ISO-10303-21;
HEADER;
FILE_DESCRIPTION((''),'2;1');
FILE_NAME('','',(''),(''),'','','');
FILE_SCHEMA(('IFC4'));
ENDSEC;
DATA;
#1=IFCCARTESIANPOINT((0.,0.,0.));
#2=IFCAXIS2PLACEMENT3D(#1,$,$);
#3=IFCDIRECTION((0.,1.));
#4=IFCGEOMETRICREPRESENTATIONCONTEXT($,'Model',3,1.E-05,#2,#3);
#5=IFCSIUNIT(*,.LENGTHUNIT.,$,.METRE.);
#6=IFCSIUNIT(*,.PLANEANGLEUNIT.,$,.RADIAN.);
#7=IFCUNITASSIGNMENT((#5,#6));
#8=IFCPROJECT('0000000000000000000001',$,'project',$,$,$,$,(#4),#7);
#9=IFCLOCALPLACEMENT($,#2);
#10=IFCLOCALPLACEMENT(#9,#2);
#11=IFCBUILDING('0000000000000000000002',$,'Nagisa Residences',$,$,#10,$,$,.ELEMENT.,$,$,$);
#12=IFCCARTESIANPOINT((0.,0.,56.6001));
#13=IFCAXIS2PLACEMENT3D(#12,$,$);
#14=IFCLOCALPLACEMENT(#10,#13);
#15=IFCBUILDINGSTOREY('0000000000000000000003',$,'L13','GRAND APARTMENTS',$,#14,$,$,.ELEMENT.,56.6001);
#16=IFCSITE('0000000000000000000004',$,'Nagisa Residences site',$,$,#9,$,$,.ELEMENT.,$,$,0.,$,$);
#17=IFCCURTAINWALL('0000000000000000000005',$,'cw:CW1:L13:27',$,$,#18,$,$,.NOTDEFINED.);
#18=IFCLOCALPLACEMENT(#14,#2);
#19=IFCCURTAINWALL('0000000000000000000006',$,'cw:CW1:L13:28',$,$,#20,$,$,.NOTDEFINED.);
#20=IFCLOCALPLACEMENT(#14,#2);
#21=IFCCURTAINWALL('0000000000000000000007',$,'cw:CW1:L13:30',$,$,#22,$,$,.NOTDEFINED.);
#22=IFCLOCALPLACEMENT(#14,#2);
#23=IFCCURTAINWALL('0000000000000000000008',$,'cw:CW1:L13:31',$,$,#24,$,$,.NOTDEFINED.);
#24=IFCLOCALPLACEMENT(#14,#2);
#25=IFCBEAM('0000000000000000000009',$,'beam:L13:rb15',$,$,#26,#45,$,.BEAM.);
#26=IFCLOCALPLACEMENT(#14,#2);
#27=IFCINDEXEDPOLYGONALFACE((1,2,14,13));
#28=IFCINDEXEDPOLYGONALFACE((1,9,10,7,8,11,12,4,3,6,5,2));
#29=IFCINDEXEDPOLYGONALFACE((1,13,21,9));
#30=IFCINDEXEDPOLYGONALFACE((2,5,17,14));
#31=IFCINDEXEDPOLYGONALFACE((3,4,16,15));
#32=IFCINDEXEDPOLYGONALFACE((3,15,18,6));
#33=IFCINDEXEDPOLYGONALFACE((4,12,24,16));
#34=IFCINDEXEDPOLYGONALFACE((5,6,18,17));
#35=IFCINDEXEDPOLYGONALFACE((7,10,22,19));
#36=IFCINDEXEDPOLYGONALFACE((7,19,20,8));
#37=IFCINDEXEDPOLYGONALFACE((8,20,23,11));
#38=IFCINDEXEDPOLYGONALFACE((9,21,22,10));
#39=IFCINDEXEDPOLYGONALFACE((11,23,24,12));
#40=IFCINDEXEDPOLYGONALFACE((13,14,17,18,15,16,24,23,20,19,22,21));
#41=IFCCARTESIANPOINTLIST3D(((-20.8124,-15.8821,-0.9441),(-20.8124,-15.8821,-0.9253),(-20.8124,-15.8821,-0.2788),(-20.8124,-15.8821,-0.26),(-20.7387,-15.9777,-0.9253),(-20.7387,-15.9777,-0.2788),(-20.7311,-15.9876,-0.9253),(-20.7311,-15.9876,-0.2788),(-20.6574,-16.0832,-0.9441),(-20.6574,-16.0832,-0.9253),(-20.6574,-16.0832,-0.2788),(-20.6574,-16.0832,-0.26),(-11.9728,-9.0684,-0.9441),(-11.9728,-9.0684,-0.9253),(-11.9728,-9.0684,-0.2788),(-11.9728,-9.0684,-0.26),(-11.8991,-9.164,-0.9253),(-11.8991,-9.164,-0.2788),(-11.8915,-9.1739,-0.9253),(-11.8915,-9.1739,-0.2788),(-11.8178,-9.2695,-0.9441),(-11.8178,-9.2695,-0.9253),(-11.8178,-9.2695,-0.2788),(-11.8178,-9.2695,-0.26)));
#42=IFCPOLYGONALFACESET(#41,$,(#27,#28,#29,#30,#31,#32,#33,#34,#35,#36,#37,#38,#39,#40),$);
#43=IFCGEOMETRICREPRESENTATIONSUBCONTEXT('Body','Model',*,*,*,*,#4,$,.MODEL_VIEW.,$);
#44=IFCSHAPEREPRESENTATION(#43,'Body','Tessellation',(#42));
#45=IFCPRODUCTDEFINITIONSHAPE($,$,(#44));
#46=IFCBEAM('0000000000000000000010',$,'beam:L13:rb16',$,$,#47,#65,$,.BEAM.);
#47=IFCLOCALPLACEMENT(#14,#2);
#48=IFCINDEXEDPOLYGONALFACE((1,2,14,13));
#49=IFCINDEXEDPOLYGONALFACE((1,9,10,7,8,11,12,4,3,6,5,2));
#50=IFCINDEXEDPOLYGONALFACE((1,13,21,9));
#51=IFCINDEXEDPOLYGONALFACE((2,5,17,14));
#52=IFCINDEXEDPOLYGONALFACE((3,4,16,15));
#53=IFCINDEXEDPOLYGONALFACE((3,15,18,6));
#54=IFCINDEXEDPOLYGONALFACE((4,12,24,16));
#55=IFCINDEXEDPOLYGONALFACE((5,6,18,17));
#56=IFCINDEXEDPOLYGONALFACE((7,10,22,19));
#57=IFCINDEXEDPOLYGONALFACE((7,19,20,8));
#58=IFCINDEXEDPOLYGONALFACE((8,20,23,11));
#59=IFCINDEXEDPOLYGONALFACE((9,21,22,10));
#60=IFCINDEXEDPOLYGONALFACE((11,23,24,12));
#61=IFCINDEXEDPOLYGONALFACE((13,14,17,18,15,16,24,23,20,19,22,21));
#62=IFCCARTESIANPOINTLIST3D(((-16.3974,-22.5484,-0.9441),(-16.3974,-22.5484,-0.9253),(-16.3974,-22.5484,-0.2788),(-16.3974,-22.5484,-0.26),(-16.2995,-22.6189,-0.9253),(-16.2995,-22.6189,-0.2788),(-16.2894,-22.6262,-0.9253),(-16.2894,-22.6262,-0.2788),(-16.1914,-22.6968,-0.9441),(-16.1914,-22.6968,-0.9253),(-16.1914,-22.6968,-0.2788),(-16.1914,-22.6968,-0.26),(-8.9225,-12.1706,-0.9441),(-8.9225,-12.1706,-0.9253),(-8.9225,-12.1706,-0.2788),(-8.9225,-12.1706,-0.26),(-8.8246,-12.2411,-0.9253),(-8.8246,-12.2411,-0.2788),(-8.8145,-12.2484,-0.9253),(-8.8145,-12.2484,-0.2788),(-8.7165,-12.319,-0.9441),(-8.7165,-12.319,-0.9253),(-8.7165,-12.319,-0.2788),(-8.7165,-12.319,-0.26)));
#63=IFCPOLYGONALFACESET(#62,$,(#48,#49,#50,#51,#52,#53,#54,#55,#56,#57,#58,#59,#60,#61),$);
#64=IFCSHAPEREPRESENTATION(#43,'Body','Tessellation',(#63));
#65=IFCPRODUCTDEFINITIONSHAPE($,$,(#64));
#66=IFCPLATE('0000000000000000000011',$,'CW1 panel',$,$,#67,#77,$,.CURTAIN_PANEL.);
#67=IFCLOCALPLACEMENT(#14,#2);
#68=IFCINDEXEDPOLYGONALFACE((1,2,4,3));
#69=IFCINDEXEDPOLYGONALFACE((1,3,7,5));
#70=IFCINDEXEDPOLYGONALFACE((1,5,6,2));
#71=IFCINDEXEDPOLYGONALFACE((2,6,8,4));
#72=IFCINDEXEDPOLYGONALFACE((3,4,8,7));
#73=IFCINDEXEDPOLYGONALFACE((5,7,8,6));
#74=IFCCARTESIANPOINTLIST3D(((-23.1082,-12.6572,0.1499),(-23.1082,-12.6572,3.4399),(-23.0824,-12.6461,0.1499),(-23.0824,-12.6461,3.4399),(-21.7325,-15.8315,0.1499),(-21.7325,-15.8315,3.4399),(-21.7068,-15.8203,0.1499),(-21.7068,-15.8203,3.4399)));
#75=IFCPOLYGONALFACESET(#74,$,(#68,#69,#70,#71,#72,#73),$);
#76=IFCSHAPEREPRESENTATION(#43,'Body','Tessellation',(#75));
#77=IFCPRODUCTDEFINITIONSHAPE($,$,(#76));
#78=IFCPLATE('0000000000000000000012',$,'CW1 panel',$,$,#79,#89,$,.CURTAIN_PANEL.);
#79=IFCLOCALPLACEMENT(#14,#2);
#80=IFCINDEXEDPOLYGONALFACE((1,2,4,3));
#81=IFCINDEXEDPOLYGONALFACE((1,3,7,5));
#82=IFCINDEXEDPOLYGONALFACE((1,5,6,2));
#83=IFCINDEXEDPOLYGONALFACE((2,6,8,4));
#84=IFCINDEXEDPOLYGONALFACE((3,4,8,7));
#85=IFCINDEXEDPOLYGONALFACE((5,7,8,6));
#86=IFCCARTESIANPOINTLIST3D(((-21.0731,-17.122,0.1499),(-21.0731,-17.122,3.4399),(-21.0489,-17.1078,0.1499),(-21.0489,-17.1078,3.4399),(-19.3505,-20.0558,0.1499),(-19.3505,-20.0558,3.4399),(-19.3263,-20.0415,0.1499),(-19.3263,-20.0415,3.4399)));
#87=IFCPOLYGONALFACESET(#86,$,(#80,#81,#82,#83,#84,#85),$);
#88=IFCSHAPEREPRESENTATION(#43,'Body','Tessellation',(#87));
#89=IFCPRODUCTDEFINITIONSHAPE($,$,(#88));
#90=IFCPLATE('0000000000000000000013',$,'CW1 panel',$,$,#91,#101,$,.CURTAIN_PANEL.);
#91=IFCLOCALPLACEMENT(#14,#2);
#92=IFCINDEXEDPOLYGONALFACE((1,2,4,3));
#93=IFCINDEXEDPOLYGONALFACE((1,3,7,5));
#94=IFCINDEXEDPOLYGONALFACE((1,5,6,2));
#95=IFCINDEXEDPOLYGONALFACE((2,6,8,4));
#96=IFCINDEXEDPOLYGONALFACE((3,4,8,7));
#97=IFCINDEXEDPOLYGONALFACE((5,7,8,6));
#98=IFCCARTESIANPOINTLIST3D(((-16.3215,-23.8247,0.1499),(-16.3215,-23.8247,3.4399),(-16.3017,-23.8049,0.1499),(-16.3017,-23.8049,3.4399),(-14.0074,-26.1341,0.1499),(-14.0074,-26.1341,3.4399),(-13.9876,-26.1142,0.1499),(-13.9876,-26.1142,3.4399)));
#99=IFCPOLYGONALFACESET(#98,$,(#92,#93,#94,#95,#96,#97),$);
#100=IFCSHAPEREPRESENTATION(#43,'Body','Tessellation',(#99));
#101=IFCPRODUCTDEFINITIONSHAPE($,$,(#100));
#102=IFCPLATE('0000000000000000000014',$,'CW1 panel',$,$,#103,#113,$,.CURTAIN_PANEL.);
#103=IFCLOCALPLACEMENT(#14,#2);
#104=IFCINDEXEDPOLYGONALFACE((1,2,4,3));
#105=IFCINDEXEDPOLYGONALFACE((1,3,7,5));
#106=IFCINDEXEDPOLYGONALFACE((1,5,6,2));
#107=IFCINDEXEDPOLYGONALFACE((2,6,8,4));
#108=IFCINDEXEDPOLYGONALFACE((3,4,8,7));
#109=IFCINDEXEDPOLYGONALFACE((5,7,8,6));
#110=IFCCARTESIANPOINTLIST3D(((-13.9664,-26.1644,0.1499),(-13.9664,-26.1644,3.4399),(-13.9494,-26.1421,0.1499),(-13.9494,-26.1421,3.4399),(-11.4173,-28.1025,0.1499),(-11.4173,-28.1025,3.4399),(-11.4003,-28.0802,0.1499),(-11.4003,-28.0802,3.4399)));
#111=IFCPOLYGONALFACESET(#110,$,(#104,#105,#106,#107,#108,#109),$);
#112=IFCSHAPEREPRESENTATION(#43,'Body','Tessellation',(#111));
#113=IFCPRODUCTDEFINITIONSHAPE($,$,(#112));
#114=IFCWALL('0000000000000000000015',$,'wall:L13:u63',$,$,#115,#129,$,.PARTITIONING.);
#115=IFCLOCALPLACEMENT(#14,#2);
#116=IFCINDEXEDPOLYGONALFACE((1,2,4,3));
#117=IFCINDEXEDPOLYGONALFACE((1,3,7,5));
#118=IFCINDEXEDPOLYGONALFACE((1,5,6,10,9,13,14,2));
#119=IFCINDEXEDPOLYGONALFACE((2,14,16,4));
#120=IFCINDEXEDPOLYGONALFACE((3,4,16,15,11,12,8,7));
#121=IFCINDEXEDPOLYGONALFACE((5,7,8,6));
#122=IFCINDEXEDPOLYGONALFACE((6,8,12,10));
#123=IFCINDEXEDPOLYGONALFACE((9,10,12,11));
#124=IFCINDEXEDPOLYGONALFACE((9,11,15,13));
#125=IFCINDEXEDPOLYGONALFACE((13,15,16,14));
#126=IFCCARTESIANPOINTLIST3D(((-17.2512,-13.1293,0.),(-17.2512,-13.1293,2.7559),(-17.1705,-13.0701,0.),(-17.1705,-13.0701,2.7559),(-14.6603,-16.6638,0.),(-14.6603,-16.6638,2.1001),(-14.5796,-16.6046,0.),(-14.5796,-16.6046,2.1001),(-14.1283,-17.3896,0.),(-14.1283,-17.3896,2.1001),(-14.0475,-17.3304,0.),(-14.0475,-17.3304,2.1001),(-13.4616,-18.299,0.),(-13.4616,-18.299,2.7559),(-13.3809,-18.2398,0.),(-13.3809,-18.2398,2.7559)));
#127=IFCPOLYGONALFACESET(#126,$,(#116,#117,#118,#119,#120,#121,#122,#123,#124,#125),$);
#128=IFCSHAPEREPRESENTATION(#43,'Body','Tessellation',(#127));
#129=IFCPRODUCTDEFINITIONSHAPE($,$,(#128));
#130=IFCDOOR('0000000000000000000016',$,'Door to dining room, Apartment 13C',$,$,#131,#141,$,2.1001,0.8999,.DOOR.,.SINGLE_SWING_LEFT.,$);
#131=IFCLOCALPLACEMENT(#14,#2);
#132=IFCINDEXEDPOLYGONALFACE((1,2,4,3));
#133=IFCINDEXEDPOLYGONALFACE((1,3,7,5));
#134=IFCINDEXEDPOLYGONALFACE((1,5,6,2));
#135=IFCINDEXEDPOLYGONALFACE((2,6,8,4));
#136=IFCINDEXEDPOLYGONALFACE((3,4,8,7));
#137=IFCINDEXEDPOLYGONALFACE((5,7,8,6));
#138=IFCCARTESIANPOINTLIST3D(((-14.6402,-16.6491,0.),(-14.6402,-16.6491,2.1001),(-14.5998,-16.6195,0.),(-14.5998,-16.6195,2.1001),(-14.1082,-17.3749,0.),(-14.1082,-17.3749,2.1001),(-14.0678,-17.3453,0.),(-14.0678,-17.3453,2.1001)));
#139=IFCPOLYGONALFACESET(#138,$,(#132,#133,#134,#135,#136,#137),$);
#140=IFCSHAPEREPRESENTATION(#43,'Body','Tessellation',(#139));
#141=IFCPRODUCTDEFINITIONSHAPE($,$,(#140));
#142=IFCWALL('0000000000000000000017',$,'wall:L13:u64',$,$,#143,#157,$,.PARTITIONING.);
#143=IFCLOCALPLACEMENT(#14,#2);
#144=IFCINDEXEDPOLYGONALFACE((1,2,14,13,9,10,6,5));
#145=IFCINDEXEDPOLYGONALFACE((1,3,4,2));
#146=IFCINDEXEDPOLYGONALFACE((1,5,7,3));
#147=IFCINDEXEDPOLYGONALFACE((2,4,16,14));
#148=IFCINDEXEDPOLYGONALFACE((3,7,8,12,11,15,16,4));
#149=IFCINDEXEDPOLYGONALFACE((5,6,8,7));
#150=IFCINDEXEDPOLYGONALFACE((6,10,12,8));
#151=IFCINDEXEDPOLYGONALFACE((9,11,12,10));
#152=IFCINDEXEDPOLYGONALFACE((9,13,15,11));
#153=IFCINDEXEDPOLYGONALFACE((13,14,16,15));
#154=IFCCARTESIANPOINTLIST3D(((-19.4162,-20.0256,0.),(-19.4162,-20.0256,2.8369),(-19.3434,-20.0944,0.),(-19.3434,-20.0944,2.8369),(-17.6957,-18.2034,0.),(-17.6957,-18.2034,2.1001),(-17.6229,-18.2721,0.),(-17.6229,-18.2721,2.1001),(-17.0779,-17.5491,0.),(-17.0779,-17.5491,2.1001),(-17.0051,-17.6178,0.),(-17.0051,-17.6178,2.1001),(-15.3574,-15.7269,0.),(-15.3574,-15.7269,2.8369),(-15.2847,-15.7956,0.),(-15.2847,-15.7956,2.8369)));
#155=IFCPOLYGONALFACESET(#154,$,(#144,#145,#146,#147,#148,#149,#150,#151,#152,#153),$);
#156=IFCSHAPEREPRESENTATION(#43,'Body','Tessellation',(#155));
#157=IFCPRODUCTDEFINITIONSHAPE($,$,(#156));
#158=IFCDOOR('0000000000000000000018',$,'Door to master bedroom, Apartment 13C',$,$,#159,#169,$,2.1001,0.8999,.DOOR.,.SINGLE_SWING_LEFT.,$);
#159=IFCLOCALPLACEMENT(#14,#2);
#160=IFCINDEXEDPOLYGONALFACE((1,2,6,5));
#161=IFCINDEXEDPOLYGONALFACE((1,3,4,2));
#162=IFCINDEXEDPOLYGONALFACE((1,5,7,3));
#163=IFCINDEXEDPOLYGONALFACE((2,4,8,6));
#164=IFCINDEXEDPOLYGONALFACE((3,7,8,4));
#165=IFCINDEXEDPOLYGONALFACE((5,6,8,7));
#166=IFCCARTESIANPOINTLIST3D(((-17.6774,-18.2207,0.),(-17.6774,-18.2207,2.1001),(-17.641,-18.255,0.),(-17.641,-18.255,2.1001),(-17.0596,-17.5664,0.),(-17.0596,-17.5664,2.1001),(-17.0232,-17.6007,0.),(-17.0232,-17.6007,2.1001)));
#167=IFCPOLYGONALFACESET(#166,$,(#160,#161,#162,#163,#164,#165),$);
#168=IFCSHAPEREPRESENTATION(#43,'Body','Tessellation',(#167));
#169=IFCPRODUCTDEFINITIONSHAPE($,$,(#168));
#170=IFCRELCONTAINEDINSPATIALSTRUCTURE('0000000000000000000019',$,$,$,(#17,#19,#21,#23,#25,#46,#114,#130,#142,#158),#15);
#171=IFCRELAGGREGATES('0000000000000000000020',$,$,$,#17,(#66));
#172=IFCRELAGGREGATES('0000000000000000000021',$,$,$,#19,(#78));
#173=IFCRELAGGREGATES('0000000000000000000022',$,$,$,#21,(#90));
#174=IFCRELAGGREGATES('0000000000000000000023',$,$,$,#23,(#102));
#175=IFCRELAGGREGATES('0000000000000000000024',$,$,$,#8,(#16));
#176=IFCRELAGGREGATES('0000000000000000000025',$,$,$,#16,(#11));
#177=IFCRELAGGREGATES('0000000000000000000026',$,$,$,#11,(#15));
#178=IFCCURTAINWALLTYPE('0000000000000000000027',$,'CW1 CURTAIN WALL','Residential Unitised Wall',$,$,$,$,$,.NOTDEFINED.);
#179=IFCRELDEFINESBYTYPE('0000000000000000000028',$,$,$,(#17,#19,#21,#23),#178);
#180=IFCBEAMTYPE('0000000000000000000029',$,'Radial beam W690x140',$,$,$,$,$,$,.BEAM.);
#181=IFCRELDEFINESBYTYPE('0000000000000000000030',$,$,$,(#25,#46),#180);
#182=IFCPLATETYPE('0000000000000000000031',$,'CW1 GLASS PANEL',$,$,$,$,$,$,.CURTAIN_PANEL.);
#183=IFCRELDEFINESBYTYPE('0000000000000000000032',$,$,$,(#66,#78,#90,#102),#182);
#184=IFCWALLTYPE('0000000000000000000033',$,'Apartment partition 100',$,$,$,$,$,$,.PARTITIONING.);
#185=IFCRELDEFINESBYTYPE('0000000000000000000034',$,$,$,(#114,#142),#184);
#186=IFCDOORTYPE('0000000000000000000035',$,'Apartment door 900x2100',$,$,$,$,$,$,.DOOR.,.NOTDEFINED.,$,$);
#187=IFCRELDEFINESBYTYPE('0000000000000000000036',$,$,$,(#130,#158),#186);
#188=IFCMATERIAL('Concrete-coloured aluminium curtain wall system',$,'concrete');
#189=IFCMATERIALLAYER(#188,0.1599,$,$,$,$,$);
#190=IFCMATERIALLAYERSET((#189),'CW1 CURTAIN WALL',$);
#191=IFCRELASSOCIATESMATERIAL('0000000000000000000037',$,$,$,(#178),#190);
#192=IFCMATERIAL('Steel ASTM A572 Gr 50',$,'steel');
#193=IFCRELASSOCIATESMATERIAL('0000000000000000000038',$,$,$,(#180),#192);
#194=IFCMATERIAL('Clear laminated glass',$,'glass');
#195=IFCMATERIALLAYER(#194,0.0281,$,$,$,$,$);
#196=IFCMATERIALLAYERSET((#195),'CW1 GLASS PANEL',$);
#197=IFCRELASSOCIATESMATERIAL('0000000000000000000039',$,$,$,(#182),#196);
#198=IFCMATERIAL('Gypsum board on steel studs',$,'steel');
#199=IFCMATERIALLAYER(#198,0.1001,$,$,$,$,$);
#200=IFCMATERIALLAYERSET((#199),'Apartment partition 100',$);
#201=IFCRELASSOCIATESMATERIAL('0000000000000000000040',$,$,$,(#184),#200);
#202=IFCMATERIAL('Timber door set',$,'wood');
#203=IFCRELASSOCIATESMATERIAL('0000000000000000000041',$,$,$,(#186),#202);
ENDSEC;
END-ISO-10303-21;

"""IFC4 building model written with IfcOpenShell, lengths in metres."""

from ifc_helpers import new_model, si_unit, direction, frame, frame_2d, origin, origin_2d, place, context, subcontext, project, spatial, rectangle, i_section, extrude, material, layer, layer_set, material_profile, profile_set, type_object, element, fill, aggregate, save


model = new_model("IFC4")

# Units and contexts
model_context = context("Model", 3, precision=1e-05, world=origin(), true_north=direction((0.0, 1.0)))
body_context = subcontext(model_context, "Body", "Model", "MODEL_VIEW")
ifc_project = project(units=[si_unit("LENGTHUNIT", "METRE"), si_unit("PLANEANGLEUNIT", "RADIAN")], contexts=[model_context])

# Site, building, storey
site_placement = place(None, origin())
site = spatial("IfcSite", under=ifc_project, at=site_placement, Name="Nagisa Residences site", CompositionType="ELEMENT", RefElevation=0.0)
building_placement = place(site_placement, origin())
building = spatial("IfcBuilding", under=site, at=building_placement, Name="Nagisa Residences", CompositionType="ELEMENT")
storey_placement = place(building_placement, frame((0.0, 0.0, 56.6001)))
storey = spatial("IfcBuildingStorey", under=building, at=storey_placement, Name="L13", Description="GRAND APARTMENTS", CompositionType="ELEMENT", Elevation=56.6001)

# Curtain walls
ifc_material_1 = material(Name="Concrete-coloured aluminium curtain wall system", Category="concrete")
ifc_layer_1 = layer(ifc_material_1, 0.1599)
ifc_layer_set_1 = layer_set([ifc_layer_1], Name="CW1 CURTAIN WALL")
curtain_wall_type = type_object("IfcCurtainWallType", Name="CW1 CURTAIN WALL", Description="Residential Unitised Wall", PredefinedType="NOTDEFINED", material=ifc_layer_set_1)
curtain_wall_1_placement = place(storey_placement, origin())
curtain_wall_1 = element("IfcCurtainWall", 1, at=curtain_wall_1_placement, inside=storey, type_object=curtain_wall_type, Name="cw:CW1:L13:27", PredefinedType="NOTDEFINED")
curtain_wall_2_placement = place(storey_placement, origin())
curtain_wall_2 = element("IfcCurtainWall", 2, at=curtain_wall_2_placement, inside=storey, type_object=curtain_wall_type, Name="cw:CW1:L13:28", PredefinedType="NOTDEFINED")
curtain_wall_3_placement = place(storey_placement, origin())
curtain_wall_3 = element("IfcCurtainWall", 3, at=curtain_wall_3_placement, inside=storey, type_object=curtain_wall_type, Name="cw:CW1:L13:30", PredefinedType="NOTDEFINED")
curtain_wall_4_placement = place(storey_placement, origin())
curtain_wall_4 = element("IfcCurtainWall", 4, at=curtain_wall_4_placement, inside=storey, type_object=curtain_wall_type, Name="cw:CW1:L13:31", PredefinedType="NOTDEFINED")

# Beams
ifc_material_2 = material(Name="Steel ASTM A572 Gr 50", Category="steel")
ifc_material_profile_1 = material_profile(ifc_material_2, i_section(OverallWidth=0.2539, OverallDepth=0.6841, WebThickness=0.0125, FlangeThickness=0.0188, at=origin_2d()), Name="W690x140")
ifc_profile_set_1 = profile_set([ifc_material_profile_1], Name="Steel ASTM A572 Gr 50")
beam_type_1 = type_object("IfcBeamType", Name="Radial beam W690x140", PredefinedType="BEAM", material=ifc_profile_set_1)
beam_1_placement = place(storey_placement, frame((-20.7349, -15.9827, -0.6021), z_axis=(0.792016, 0.6105, 0.0), x_axis=(-0.6105, 0.792016, 0.0)))
element("IfcBeam", 5, at=beam_1_placement, inside=storey, type_object=beam_type_1, Name="beam:L13:rb15", PredefinedType="BEAM", context=body_context, shape_type="SweptSolid", body=[
    extrude(i_section(OverallWidth=0.2539, OverallDepth=0.6841, WebThickness=0.0125, FlangeThickness=0.0188, at=origin_2d()), origin(), (0.0, 0.0, 1.0), 11.1609),
])
beam_2_placement = place(storey_placement, frame((-16.2944, -22.6226, -0.6021), z_axis=(0.584455, 0.811426, 0.0), x_axis=(-0.811426, 0.584455, 0.0)))
element("IfcBeam", 6, at=beam_2_placement, inside=storey, type_object=beam_type_1, Name="beam:L13:rb16", PredefinedType="BEAM", context=body_context, shape_type="SweptSolid", body=[
    extrude(i_section(OverallWidth=0.2539, OverallDepth=0.6841, WebThickness=0.0125, FlangeThickness=0.0188, at=origin_2d()), origin(), (0.0, 0.0, 1.0), 12.7896),
])

# Plates
ifc_material_3 = material(Name="Clear laminated glass", Category="glass")
ifc_layer_2 = layer(ifc_material_3, 0.0281)
ifc_layer_set_2 = layer_set([ifc_layer_2], Name="CW1 GLASS PANEL")
plate_type = type_object("IfcPlateType", Name="CW1 GLASS PANEL", PredefinedType="CURTAIN_PANEL", material=ifc_layer_set_2)
plate_1_placement = place(storey_placement, frame((-22.4075, -14.2388, 0.1499), z_axis=(0.0, 0.0, 1.0), x_axis=(0.397636, -0.917543, 0.0)))
plate_1 = element("IfcPlate", 7, at=plate_1_placement, type_object=plate_type, Name="CW1 panel", PredefinedType="CURTAIN_PANEL", context=body_context, shape_type="SweptSolid", body=[
    extrude(rectangle(XDim=3.4595, YDim=0.0281, at=origin_2d()), origin(), (0.0, 0.0, 1.0), 3.29),
])
aggregate(curtain_wall_1, [plate_1])
plate_2_placement = place(storey_placement, frame((-20.1997, -18.5818, 0.1499), z_axis=(0.0, 0.0, 1.0), x_axis=(0.506349, -0.862329, 0.0)))
plate_2 = element("IfcPlate", 8, at=plate_2_placement, type_object=plate_type, Name="CW1 panel", PredefinedType="CURTAIN_PANEL", context=body_context, shape_type="SweptSolid", body=[
    extrude(rectangle(XDim=3.4021, YDim=0.0281, at=origin_2d()), origin(), (0.0, 0.0, 1.0), 3.29),
])
aggregate(curtain_wall_2, [plate_2])
plate_3_placement = place(storey_placement, frame((-15.1545, -24.9695, 0.1499), z_axis=(0.0, 0.0, 1.0), x_axis=(0.707836, -0.706377, 0.0)))
plate_3 = element("IfcPlate", 9, at=plate_3_placement, type_object=plate_type, Name="CW1 panel", PredefinedType="CURTAIN_PANEL", context=body_context, shape_type="SweptSolid", body=[
    extrude(rectangle(XDim=3.2693, YDim=0.0281, at=origin_2d()), origin(), (0.0, 0.0, 1.0), 3.29),
])
aggregate(curtain_wall_3, [plate_3])
plate_4_placement = place(storey_placement, frame((-12.6833, -27.1223, 0.1499), z_axis=(0.0, 0.0, 1.0), x_axis=(0.796031, -0.605255, 0.0)))
plate_4 = element("IfcPlate", 10, at=plate_4_placement, type_object=plate_type, Name="CW1 panel", PredefinedType="CURTAIN_PANEL", context=body_context, shape_type="SweptSolid", body=[
    extrude(rectangle(XDim=3.2021, YDim=0.0281, at=origin_2d()), origin(), (0.0, 0.0, 1.0), 3.29),
])
aggregate(curtain_wall_4, [plate_4])

# Walls, openings, doors
ifc_material_4 = material(Name="Gypsum board on steel studs", Category="steel")
ifc_layer_3 = layer(ifc_material_4, 0.1001)
ifc_layer_set_3 = layer_set([ifc_layer_3], Name="Apartment partition 100")
wall_type_1 = type_object("IfcWallType", Name="Apartment partition 100", PredefinedType="PARTITIONING", material=ifc_layer_set_3)
wall_1_placement = place(storey_placement, frame((-17.2109, -13.0996, 0.0), z_axis=(0.0, 0.0, 1.0), x_axis=(0.591207, -0.80652, 0.0)))
wall_1 = element("IfcWall", 11, at=wall_1_placement, inside=storey, type_object=wall_type_1, Name="wall:L13:u63", PredefinedType="PARTITIONING", context=body_context, shape_type="SweptSolid", body=[
    extrude(rectangle(XDim=6.4099, YDim=0.1001, at=frame_2d((3.2051, 0.0))), origin(), (0.0, 0.0, 1.0), 2.7559),
])
opening_1_placement = place(wall_1_placement, frame((4.3826, 0.0, 0.0)))
opening_1 = element("IfcOpeningElement", 12, at=opening_1_placement, cuts=wall_1, PredefinedType="OPENING", context=body_context, shape_type="SweptSolid", body=[
    extrude(rectangle(XDim=0.8999, YDim=2.1001, at=frame_2d((0.45, 1.05))), frame((0.0, 0.0601, 0.0), z_axis=(0.0, -1.0, 0.0), x_axis=(1.0, 0.0, 0.0)), (0.0, 0.0, 1.0), 0.1201),
])
ifc_material_5 = material(Name="Timber door set", Category="wood")
door_type_1 = type_object("IfcDoorType", Name="Apartment door 900x2100", OperationType="NOTDEFINED", PredefinedType="DOOR", material=ifc_material_5)
door_1_placement = place(opening_1_placement, origin())
door_1 = element("IfcDoor", 13, at=door_1_placement, inside=storey, type_object=door_type_1, Name="Door to dining room, Apartment 13C", OperationType="SINGLE_SWING_LEFT", OverallHeight=2.1001, OverallWidth=0.8999, PredefinedType="DOOR", context=body_context, shape_type="SweptSolid", body=[
    extrude(rectangle(XDim=0.8999, YDim=2.1001, at=frame_2d((0.45, 1.05))), frame((0.0, 0.0249, 0.0), z_axis=(0.0, -1.0, 0.0), x_axis=(1.0, 0.0, 0.0)), (0.0, 0.0, 1.0), 0.05),
])
fill(opening_1, door_1)
wall_2_placement = place(storey_placement, frame((-15.321, -15.7612, 0.0), z_axis=(0.0, 0.0, 1.0), x_axis=(-0.686519, -0.727112, 0.0)))
wall_2 = element("IfcWall", 14, at=wall_2_placement, inside=storey, type_object=wall_type_1, Name="wall:L13:u64", PredefinedType="PARTITIONING", context=body_context, shape_type="SweptSolid", body=[
    extrude(rectangle(XDim=5.9121, YDim=0.1001, at=frame_2d((2.9561, 0.0))), origin(), (0.0, 0.0, 1.0), 2.8369),
])
opening_2_placement = place(wall_2_placement, frame((2.5061, 0.0, 0.0)))
opening_2 = element("IfcOpeningElement", 15, at=opening_2_placement, cuts=wall_2, PredefinedType="OPENING", context=body_context, shape_type="SweptSolid", body=[
    extrude(rectangle(XDim=0.8999, YDim=2.1001, at=frame_2d((0.45, 1.05))), frame((0.0, 0.0601, 0.0), z_axis=(0.0, -1.0, 0.0), x_axis=(1.0, 0.0, 0.0)), (0.0, 0.0, 1.0), 0.1201),
])
door_2_placement = place(opening_2_placement, frame((0.8999, 0.0, 0.0), x_axis=(-1.0, 0.0, 0.0)))
door_2 = element("IfcDoor", 16, at=door_2_placement, inside=storey, type_object=door_type_1, Name="Door to master bedroom, Apartment 13C", OperationType="SINGLE_SWING_LEFT", OverallHeight=2.1001, OverallWidth=0.8999, PredefinedType="DOOR", context=body_context, shape_type="SweptSolid", body=[
    extrude(rectangle(XDim=0.8999, YDim=2.1001, at=frame_2d((0.45, 1.05))), frame((0.0, 0.0249, 0.0), z_axis=(0.0, -1.0, 0.0), x_axis=(1.0, 0.0, 0.0)), (0.0, 0.0, 1.0), 0.05),
])
fill(opening_2, door_2)

save(model, "model.ifc")
